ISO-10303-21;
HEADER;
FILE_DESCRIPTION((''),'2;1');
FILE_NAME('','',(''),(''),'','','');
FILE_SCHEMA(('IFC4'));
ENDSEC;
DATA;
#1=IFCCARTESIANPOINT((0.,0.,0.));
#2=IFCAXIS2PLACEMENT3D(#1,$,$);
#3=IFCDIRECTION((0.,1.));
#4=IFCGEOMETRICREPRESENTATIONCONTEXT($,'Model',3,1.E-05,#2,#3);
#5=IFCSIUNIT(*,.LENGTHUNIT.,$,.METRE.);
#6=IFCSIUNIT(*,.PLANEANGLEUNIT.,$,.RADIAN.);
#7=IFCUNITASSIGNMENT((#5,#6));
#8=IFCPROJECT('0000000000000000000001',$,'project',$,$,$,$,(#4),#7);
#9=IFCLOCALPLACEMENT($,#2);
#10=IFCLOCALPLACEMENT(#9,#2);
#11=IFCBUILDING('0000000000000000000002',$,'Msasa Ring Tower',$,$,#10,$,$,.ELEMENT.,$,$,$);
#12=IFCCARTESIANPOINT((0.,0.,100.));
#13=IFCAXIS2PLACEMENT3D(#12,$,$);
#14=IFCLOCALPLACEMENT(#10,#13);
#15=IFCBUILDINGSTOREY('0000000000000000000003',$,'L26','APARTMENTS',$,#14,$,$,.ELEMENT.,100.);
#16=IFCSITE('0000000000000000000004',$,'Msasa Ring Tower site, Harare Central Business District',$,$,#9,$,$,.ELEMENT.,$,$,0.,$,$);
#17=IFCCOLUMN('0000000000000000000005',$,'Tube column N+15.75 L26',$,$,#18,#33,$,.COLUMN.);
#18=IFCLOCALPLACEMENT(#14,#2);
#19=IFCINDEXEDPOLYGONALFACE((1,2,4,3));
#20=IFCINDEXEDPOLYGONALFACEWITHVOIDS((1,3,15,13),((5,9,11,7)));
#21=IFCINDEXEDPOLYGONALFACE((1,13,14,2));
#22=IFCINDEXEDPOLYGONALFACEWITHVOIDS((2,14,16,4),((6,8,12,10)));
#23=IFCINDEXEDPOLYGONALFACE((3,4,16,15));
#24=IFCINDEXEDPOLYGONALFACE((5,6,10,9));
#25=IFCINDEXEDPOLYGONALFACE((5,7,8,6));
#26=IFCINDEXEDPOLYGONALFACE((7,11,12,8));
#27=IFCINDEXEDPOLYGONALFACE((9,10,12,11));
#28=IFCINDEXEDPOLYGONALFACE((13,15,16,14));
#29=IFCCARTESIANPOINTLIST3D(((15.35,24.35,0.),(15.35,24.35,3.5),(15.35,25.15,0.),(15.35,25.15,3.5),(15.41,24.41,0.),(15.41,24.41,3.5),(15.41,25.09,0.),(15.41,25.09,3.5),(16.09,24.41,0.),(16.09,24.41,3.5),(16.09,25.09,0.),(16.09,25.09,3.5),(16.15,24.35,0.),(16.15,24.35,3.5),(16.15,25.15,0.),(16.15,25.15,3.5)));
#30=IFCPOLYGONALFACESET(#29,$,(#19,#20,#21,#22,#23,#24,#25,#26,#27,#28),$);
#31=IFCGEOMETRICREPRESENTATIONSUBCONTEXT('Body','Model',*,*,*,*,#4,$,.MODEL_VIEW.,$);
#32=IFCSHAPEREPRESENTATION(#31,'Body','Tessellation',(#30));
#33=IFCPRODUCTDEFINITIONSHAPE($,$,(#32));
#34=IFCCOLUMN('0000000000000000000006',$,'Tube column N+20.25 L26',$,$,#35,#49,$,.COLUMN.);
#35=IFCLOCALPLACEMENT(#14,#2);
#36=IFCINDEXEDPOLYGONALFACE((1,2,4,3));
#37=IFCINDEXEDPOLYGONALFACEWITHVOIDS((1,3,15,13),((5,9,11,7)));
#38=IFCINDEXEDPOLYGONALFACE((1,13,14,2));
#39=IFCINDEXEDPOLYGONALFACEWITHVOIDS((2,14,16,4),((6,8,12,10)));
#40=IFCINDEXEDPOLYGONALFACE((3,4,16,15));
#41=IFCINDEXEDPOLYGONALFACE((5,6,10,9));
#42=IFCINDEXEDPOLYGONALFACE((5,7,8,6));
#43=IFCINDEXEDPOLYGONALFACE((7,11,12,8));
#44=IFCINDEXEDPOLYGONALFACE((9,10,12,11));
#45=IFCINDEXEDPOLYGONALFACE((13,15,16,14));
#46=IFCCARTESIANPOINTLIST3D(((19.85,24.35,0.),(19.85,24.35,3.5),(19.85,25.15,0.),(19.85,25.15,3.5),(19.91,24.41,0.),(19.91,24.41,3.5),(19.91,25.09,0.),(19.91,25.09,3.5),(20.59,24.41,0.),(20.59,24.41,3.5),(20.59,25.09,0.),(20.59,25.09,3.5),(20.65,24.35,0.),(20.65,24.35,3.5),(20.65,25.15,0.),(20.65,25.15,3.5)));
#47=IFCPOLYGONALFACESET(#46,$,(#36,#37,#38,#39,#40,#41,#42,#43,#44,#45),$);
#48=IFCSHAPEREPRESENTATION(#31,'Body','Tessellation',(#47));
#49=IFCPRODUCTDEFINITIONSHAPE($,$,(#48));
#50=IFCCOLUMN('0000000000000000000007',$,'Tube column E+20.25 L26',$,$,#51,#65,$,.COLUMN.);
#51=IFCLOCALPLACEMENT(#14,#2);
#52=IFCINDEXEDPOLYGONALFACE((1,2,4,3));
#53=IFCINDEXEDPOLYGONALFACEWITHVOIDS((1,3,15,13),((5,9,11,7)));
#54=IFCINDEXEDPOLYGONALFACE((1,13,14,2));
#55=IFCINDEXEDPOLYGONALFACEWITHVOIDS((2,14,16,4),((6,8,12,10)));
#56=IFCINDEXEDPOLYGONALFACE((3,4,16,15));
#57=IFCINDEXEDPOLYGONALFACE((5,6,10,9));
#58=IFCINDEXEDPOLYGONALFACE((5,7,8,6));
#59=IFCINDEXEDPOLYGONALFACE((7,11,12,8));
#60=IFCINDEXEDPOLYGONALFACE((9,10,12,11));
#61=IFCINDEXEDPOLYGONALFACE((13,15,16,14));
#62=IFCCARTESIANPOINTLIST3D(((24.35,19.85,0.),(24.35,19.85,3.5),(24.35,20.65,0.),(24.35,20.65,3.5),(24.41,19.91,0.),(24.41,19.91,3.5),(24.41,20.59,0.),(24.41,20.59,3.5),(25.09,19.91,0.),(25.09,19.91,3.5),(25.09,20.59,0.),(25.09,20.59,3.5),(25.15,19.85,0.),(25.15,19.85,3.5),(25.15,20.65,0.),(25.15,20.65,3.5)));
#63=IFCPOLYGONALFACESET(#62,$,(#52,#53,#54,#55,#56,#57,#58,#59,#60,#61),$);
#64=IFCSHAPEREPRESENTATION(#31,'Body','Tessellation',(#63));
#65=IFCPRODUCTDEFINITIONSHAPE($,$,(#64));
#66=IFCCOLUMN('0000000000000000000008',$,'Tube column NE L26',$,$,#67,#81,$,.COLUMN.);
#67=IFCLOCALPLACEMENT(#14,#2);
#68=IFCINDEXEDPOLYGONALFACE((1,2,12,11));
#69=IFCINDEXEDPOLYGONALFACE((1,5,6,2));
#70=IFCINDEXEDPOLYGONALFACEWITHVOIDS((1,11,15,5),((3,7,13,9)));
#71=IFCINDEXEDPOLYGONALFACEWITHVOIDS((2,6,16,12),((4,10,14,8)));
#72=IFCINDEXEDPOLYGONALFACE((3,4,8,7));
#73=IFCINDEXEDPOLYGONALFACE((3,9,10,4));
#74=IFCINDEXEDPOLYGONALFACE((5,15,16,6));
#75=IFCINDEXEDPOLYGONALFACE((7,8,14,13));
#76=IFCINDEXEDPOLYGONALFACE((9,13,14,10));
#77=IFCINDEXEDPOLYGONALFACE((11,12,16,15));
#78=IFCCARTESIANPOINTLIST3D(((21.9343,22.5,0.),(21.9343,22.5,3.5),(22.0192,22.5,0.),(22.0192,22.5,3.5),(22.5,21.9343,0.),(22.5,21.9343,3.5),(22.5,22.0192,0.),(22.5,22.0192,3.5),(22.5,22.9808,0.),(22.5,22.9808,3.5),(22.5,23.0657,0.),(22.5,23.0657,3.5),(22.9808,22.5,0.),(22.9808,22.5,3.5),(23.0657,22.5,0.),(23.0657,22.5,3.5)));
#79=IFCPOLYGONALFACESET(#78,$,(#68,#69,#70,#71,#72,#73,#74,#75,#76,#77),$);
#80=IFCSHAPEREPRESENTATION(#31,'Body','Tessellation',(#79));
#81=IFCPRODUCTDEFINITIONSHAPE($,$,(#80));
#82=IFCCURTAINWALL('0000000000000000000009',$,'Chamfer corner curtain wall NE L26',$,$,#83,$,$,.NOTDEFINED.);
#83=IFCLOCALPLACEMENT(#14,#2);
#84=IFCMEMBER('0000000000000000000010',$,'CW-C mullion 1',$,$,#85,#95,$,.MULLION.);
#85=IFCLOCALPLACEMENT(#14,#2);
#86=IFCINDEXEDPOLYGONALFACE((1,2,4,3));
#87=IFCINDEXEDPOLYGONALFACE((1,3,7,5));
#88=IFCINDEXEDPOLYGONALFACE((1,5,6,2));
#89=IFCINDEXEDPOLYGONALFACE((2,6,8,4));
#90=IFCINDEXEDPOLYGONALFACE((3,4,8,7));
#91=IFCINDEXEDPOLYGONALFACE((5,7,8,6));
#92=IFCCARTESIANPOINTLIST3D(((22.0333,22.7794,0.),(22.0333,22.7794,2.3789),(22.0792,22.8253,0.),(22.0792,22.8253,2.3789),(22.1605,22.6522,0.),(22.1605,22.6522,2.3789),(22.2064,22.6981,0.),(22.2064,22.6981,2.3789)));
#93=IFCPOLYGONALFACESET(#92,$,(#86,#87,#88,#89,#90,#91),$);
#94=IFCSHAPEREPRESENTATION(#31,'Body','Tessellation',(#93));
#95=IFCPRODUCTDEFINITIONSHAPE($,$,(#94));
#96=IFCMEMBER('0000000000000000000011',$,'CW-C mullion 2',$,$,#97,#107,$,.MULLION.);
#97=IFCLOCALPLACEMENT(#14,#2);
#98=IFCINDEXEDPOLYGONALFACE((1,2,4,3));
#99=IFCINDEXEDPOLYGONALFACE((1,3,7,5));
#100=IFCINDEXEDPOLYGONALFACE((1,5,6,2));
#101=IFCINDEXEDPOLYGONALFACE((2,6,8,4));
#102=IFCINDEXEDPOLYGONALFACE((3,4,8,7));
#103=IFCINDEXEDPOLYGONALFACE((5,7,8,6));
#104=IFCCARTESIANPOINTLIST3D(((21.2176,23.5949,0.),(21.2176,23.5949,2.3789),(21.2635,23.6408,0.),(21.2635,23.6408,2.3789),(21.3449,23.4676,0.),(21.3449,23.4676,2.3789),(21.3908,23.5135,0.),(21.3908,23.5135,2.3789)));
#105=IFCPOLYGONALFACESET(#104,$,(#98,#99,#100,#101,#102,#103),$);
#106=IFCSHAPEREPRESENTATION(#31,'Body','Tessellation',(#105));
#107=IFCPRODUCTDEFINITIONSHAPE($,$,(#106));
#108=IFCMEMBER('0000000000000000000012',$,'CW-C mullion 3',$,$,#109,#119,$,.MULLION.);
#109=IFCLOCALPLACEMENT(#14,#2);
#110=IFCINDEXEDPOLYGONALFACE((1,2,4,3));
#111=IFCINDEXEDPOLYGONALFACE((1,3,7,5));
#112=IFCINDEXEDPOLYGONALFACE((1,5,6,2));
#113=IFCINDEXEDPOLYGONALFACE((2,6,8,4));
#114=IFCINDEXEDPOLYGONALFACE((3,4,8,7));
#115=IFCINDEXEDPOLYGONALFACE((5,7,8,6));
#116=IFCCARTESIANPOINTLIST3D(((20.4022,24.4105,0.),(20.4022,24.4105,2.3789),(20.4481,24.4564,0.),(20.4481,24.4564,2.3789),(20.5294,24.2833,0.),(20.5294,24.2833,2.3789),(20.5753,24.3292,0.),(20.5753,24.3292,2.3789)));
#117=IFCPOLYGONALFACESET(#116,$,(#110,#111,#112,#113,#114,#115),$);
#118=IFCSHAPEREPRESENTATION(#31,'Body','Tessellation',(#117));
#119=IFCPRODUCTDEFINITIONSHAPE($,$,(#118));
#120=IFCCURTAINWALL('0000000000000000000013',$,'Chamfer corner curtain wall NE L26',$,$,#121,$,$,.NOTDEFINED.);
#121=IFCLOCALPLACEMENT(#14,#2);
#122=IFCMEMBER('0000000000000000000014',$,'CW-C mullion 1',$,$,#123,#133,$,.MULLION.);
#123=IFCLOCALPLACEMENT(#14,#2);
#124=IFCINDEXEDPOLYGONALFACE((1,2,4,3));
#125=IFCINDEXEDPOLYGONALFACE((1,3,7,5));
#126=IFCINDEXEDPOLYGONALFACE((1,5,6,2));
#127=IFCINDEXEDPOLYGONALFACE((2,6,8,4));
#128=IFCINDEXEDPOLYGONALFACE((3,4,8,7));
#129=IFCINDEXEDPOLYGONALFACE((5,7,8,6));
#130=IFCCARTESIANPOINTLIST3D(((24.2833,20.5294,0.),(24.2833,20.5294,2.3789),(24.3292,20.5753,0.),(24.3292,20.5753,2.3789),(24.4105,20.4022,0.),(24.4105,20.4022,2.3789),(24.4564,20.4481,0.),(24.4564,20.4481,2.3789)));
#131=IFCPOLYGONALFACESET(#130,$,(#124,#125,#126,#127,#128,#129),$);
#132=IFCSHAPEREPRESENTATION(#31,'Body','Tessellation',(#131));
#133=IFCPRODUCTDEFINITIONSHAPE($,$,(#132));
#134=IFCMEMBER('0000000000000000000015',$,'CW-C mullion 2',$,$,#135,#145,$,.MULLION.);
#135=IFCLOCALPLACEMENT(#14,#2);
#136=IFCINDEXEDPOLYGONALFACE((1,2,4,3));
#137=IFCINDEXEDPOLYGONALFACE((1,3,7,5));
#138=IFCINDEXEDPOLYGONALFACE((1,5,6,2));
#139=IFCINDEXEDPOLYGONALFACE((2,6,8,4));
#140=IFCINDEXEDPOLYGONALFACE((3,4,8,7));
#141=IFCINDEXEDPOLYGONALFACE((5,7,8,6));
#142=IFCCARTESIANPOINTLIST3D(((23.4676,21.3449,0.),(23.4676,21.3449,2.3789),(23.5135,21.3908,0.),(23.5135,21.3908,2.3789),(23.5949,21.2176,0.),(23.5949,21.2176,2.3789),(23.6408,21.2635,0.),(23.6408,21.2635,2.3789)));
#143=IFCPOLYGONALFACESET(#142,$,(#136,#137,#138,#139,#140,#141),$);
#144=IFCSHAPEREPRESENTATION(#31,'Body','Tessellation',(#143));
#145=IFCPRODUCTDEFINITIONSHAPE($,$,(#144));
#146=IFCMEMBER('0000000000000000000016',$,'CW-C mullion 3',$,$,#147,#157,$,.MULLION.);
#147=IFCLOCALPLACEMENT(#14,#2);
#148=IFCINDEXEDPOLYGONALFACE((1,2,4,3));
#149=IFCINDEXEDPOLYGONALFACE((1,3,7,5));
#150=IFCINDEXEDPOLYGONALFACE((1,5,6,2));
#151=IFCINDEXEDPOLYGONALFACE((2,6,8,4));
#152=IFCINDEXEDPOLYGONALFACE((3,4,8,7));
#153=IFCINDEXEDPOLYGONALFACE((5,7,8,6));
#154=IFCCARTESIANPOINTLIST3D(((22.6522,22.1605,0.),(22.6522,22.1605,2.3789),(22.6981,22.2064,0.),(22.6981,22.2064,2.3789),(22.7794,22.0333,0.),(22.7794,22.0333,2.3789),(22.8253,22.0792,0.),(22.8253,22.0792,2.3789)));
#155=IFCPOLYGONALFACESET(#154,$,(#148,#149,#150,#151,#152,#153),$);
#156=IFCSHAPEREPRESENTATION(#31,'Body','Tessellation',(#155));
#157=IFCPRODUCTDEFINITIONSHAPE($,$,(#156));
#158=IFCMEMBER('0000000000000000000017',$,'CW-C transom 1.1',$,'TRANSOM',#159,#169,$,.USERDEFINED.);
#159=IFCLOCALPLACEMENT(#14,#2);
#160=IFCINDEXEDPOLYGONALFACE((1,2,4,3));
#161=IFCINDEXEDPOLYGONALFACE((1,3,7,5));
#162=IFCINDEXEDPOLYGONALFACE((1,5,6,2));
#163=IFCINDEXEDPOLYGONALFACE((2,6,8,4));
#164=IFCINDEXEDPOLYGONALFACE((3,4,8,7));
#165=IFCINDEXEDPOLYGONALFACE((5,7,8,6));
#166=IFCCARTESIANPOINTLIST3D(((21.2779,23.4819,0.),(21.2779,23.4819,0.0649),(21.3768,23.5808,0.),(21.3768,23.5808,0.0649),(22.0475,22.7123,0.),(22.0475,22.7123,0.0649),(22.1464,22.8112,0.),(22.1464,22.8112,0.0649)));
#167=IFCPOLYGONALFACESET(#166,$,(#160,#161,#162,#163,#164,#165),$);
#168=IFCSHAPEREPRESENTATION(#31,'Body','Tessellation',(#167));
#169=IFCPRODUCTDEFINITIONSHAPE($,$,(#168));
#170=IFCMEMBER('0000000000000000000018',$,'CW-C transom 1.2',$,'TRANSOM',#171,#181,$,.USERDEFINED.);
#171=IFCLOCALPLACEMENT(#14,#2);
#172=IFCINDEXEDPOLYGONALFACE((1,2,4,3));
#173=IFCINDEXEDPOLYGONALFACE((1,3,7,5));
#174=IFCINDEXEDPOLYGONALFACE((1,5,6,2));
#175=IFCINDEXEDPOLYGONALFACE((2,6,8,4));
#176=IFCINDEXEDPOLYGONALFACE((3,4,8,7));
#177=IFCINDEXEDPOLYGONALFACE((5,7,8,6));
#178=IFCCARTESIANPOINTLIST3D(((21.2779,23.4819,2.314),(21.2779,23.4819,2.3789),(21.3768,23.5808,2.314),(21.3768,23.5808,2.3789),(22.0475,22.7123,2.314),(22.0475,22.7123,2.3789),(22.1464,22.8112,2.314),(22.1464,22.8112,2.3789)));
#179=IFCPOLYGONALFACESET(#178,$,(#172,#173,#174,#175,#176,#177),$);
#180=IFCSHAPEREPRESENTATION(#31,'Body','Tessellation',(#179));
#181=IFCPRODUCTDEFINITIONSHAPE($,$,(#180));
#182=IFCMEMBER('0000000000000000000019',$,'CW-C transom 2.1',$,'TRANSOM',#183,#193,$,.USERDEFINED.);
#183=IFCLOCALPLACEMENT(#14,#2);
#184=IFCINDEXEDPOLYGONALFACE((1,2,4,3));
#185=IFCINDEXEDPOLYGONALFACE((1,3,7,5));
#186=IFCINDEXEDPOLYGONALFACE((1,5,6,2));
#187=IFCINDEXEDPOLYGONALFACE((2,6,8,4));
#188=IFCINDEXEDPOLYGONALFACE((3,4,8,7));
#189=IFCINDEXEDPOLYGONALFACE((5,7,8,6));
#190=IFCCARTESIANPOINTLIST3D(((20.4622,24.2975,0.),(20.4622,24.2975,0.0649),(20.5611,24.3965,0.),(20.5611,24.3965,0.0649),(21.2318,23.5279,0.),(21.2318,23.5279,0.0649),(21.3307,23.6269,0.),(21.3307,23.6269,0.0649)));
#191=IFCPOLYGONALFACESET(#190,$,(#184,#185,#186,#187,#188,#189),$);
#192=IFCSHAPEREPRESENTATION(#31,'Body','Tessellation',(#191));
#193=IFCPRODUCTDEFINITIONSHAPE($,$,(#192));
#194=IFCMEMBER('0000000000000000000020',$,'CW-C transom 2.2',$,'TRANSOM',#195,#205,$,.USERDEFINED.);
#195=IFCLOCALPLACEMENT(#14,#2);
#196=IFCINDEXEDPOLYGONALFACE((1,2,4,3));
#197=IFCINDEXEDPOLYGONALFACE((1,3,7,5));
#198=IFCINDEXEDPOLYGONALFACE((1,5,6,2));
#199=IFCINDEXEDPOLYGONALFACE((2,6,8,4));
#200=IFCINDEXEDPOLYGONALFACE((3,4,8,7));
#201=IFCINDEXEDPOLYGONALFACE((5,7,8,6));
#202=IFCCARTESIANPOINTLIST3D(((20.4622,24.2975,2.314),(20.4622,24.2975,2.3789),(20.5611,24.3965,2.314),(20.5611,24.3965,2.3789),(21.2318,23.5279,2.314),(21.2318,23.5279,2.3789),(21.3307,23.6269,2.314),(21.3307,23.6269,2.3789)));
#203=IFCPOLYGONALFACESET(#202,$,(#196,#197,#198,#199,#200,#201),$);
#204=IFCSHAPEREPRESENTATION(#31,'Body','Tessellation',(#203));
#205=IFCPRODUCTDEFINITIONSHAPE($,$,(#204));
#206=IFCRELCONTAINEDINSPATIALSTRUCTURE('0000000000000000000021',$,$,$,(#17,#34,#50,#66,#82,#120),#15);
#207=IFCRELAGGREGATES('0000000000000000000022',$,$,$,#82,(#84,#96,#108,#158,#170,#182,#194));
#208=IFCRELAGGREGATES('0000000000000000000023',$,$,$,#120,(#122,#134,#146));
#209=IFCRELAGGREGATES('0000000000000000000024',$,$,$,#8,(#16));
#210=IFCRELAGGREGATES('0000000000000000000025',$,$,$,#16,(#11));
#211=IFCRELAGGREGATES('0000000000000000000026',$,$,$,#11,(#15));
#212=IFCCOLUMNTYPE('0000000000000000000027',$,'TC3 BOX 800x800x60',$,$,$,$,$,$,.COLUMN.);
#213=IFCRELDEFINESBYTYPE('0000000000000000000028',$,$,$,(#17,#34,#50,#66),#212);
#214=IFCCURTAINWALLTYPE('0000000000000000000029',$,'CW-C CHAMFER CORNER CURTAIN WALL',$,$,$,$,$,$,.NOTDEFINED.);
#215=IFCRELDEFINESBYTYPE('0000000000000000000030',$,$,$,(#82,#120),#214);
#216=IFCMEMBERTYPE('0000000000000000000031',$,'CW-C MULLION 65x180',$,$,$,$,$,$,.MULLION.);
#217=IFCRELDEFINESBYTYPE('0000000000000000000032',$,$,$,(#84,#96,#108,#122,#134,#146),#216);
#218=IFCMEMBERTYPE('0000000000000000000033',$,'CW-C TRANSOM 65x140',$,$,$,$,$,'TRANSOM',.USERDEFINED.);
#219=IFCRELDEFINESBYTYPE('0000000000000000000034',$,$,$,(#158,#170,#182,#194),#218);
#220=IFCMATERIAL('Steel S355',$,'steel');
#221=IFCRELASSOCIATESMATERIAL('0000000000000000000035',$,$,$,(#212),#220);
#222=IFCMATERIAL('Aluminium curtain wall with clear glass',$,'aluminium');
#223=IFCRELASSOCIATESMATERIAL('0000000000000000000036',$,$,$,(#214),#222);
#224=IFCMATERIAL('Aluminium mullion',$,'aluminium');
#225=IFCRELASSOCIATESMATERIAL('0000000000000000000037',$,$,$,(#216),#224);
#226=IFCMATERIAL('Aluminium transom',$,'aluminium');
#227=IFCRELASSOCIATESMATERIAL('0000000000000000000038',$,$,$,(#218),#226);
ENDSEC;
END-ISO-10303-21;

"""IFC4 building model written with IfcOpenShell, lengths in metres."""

from ifc_helpers import new_model, si_unit, direction, frame, origin, origin_2d, place, context, subcontext, project, spatial, rectangle, hollow_rectangle, extrude, material, material_profile, profile_set, type_object, element, aggregate, save


model = new_model("IFC4")

# Units and contexts
model_context = context("Model", 3, precision=1e-05, world=origin(), true_north=direction((0.0, 1.0)))
body_context = subcontext(model_context, "Body", "Model", "MODEL_VIEW")
ifc_project = project(units=[si_unit("LENGTHUNIT", "METRE"), si_unit("PLANEANGLEUNIT", "RADIAN")], contexts=[model_context])

# Site, building, storey
site_placement = place(None, origin())
site = spatial("IfcSite", under=ifc_project, at=site_placement, Name="Msasa Ring Tower site, Harare Central Business District", CompositionType="ELEMENT", RefElevation=0.0)
building_placement = place(site_placement, origin())
building = spatial("IfcBuilding", under=site, at=building_placement, Name="Msasa Ring Tower", CompositionType="ELEMENT")
storey_placement = place(building_placement, frame((0.0, 0.0, 100.0)))
storey = spatial("IfcBuildingStorey", under=building, at=storey_placement, Name="L26", Description="APARTMENTS", CompositionType="ELEMENT", Elevation=100.0)

# Columns
ifc_material_1 = material(Name="Steel S355", Category="steel")
ifc_material_profile_1 = material_profile(ifc_material_1, hollow_rectangle(XDim=0.8, YDim=0.8, WallThickness=0.0601, at=origin_2d()), Name="BOX 800x800x60")
ifc_profile_set_1 = profile_set([ifc_material_profile_1], Name="Steel S355")
column_type = type_object("IfcColumnType", Name="TC3 BOX 800x800x60", PredefinedType="COLUMN", material=ifc_profile_set_1)
for number, where, z_axis, x_axis, name in (
    (1, (15.75, 24.75, 0.0), (0.0, 0.0, 1.0), (0.0, 1.0, 0.0), "Tube column N+15.75 L26"),
    (2, (20.25, 24.75, 0.0), (0.0, 0.0, 1.0), (0.0, 1.0, 0.0), "Tube column N+20.25 L26"),
    (3, (24.75, 20.25, 0.0), (0.0, 0.0, 1.0), (1.0, 0.0, 0.0), "Tube column E+20.25 L26"),
    (4, (22.5, 22.5, 0.0), (0.0, 0.0, 1.0), (0.707107, 0.707107, 0.0), "Tube column NE L26"),
):
    element("IfcColumn", number, at=place(storey_placement, frame(where, z_axis=z_axis, x_axis=x_axis)), inside=storey, type_object=column_type, Name=name, PredefinedType="COLUMN", context=body_context, shape_type="SweptSolid", body=[
        extrude(hollow_rectangle(XDim=0.8, YDim=0.8, WallThickness=0.0601, at=origin_2d()), origin(), (0.0, 0.0, 1.0), 3.5),
    ])

# Curtain walls, members
ifc_material_2 = material(Name="Aluminium curtain wall with clear glass", Category="aluminium")
curtain_wall_type = type_object("IfcCurtainWallType", Name="CW-C CHAMFER CORNER CURTAIN WALL", PredefinedType="NOTDEFINED", material=ifc_material_2)
curtain_wall_1_placement = place(storey_placement, origin())
curtain_wall_1 = element("IfcCurtainWall", 5, at=curtain_wall_1_placement, inside=storey, type_object=curtain_wall_type, Name="Chamfer corner curtain wall NE L26", PredefinedType="NOTDEFINED")
ifc_material_3 = material(Name="Aluminium mullion", Category="aluminium")
ifc_material_profile_2 = material_profile(ifc_material_3, rectangle(XDim=0.0649, YDim=0.1799, at=origin_2d()), Name="AL 65x180")
ifc_profile_set_2 = profile_set([ifc_material_profile_2], Name="Aluminium mullion")
member_type_1 = type_object("IfcMemberType", Name="CW-C MULLION 65x180", PredefinedType="MULLION", material=ifc_profile_set_2)
member_1_placement = place(storey_placement, frame((22.1199, 22.7388, 0.0), z_axis=(0.0, 0.0, 1.0), x_axis=(-0.707107, -0.707107, 0.0)))
member_1 = element("IfcMember", 6, at=member_1_placement, type_object=member_type_1, Name="CW-C mullion 1", PredefinedType="MULLION", context=body_context, shape_type="SweptSolid", body=[
    extrude(rectangle(XDim=0.0649, YDim=0.1799, at=origin_2d()), origin(), (0.0, 0.0, 1.0), 2.3789),
])
member_2_placement = place(storey_placement, frame((21.3042, 23.5542, 0.0), z_axis=(0.0, 0.0, 1.0), x_axis=(-0.707107, -0.707107, 0.0)))
member_2 = element("IfcMember", 7, at=member_2_placement, type_object=member_type_1, Name="CW-C mullion 2", PredefinedType="MULLION", context=body_context, shape_type="SweptSolid", body=[
    extrude(rectangle(XDim=0.0649, YDim=0.1799, at=origin_2d()), origin(), (0.0, 0.0, 1.0), 2.3789),
])
member_3_placement = place(storey_placement, frame((20.4888, 24.3699, 0.0), z_axis=(0.0, 0.0, 1.0), x_axis=(-0.707107, -0.707107, 0.0)))
member_3 = element("IfcMember", 8, at=member_3_placement, type_object=member_type_1, Name="CW-C mullion 3", PredefinedType="MULLION", context=body_context, shape_type="SweptSolid", body=[
    extrude(rectangle(XDim=0.0649, YDim=0.1799, at=origin_2d()), origin(), (0.0, 0.0, 1.0), 2.3789),
])
curtain_wall_2_placement = place(storey_placement, origin())
curtain_wall_2 = element("IfcCurtainWall", 9, at=curtain_wall_2_placement, inside=storey, type_object=curtain_wall_type, Name="Chamfer corner curtain wall NE L26", PredefinedType="NOTDEFINED")
member_4_placement = place(storey_placement, frame((24.3699, 20.4888, 0.0), z_axis=(0.0, 0.0, 1.0), x_axis=(-0.707107, -0.707107, 0.0)))
member_4 = element("IfcMember", 10, at=member_4_placement, type_object=member_type_1, Name="CW-C mullion 1", PredefinedType="MULLION", context=body_context, shape_type="SweptSolid", body=[
    extrude(rectangle(XDim=0.0649, YDim=0.1799, at=origin_2d()), origin(), (0.0, 0.0, 1.0), 2.3789),
])
member_5_placement = place(storey_placement, frame((23.5542, 21.3042, 0.0), z_axis=(0.0, 0.0, 1.0), x_axis=(-0.707107, -0.707107, 0.0)))
member_5 = element("IfcMember", 11, at=member_5_placement, type_object=member_type_1, Name="CW-C mullion 2", PredefinedType="MULLION", context=body_context, shape_type="SweptSolid", body=[
    extrude(rectangle(XDim=0.0649, YDim=0.1799, at=origin_2d()), origin(), (0.0, 0.0, 1.0), 2.3789),
])
member_6_placement = place(storey_placement, frame((22.7388, 22.1199, 0.0), z_axis=(0.0, 0.0, 1.0), x_axis=(-0.707107, -0.707107, 0.0)))
member_6 = element("IfcMember", 12, at=member_6_placement, type_object=member_type_1, Name="CW-C mullion 3", PredefinedType="MULLION", context=body_context, shape_type="SweptSolid", body=[
    extrude(rectangle(XDim=0.0649, YDim=0.1799, at=origin_2d()), origin(), (0.0, 0.0, 1.0), 2.3789),
])

# Members
ifc_material_4 = material(Name="Aluminium transom", Category="aluminium")
ifc_material_profile_3 = material_profile(ifc_material_4, rectangle(XDim=0.1399, YDim=0.0649, at=origin_2d()), Name="AL 65x140")
ifc_profile_set_3 = profile_set([ifc_material_profile_3], Name="Aluminium transom")
member_type_2 = type_object("IfcMemberType", Name="CW-C TRANSOM 65x140", ElementType="TRANSOM", PredefinedType="USERDEFINED", material=ifc_profile_set_3)
member_7_placement = place(storey_placement, frame((22.0969, 22.7617, 0.0325), z_axis=(-0.707107, 0.707107, 0.0), x_axis=(-0.707107, -0.707107, 0.0)))
member_7 = element("IfcMember", 13, at=member_7_placement, type_object=member_type_2, Name="CW-C transom 1.1", ObjectType="TRANSOM", PredefinedType="USERDEFINED", context=body_context, shape_type="SweptSolid", body=[
    extrude(rectangle(XDim=0.1399, YDim=0.0649, at=origin_2d()), origin(), (0.0, 0.0, 1.0), 1.0884),
])
member_8_placement = place(storey_placement, frame((22.0969, 22.7617, 2.3464), z_axis=(-0.707107, 0.707107, 0.0), x_axis=(-0.707107, -0.707107, 0.0)))
member_8 = element("IfcMember", 14, at=member_8_placement, type_object=member_type_2, Name="CW-C transom 1.2", ObjectType="TRANSOM", PredefinedType="USERDEFINED", context=body_context, shape_type="SweptSolid", body=[
    extrude(rectangle(XDim=0.1399, YDim=0.0649, at=origin_2d()), origin(), (0.0, 0.0, 1.0), 1.0884),
])
member_9_placement = place(storey_placement, frame((21.2812, 23.5774, 0.0325), z_axis=(-0.707107, 0.707107, 0.0), x_axis=(-0.707107, -0.707107, 0.0)))
member_9 = element("IfcMember", 15, at=member_9_placement, type_object=member_type_2, Name="CW-C transom 2.1", ObjectType="TRANSOM", PredefinedType="USERDEFINED", context=body_context, shape_type="SweptSolid", body=[
    extrude(rectangle(XDim=0.1399, YDim=0.0649, at=origin_2d()), origin(), (0.0, 0.0, 1.0), 1.0884),
])
member_10_placement = place(storey_placement, frame((21.2812, 23.5774, 2.3464), z_axis=(-0.707107, 0.707107, 0.0), x_axis=(-0.707107, -0.707107, 0.0)))
member_10 = element("IfcMember", 16, at=member_10_placement, type_object=member_type_2, Name="CW-C transom 2.2", ObjectType="TRANSOM", PredefinedType="USERDEFINED", context=body_context, shape_type="SweptSolid", body=[
    extrude(rectangle(XDim=0.1399, YDim=0.0649, at=origin_2d()), origin(), (0.0, 0.0, 1.0), 1.0884),
])

aggregate(curtain_wall_1, [member_1, member_2, member_3, member_7, member_8, member_9, member_10])
aggregate(curtain_wall_2, [member_4, member_5, member_6])

save(model, "model.ifc")
